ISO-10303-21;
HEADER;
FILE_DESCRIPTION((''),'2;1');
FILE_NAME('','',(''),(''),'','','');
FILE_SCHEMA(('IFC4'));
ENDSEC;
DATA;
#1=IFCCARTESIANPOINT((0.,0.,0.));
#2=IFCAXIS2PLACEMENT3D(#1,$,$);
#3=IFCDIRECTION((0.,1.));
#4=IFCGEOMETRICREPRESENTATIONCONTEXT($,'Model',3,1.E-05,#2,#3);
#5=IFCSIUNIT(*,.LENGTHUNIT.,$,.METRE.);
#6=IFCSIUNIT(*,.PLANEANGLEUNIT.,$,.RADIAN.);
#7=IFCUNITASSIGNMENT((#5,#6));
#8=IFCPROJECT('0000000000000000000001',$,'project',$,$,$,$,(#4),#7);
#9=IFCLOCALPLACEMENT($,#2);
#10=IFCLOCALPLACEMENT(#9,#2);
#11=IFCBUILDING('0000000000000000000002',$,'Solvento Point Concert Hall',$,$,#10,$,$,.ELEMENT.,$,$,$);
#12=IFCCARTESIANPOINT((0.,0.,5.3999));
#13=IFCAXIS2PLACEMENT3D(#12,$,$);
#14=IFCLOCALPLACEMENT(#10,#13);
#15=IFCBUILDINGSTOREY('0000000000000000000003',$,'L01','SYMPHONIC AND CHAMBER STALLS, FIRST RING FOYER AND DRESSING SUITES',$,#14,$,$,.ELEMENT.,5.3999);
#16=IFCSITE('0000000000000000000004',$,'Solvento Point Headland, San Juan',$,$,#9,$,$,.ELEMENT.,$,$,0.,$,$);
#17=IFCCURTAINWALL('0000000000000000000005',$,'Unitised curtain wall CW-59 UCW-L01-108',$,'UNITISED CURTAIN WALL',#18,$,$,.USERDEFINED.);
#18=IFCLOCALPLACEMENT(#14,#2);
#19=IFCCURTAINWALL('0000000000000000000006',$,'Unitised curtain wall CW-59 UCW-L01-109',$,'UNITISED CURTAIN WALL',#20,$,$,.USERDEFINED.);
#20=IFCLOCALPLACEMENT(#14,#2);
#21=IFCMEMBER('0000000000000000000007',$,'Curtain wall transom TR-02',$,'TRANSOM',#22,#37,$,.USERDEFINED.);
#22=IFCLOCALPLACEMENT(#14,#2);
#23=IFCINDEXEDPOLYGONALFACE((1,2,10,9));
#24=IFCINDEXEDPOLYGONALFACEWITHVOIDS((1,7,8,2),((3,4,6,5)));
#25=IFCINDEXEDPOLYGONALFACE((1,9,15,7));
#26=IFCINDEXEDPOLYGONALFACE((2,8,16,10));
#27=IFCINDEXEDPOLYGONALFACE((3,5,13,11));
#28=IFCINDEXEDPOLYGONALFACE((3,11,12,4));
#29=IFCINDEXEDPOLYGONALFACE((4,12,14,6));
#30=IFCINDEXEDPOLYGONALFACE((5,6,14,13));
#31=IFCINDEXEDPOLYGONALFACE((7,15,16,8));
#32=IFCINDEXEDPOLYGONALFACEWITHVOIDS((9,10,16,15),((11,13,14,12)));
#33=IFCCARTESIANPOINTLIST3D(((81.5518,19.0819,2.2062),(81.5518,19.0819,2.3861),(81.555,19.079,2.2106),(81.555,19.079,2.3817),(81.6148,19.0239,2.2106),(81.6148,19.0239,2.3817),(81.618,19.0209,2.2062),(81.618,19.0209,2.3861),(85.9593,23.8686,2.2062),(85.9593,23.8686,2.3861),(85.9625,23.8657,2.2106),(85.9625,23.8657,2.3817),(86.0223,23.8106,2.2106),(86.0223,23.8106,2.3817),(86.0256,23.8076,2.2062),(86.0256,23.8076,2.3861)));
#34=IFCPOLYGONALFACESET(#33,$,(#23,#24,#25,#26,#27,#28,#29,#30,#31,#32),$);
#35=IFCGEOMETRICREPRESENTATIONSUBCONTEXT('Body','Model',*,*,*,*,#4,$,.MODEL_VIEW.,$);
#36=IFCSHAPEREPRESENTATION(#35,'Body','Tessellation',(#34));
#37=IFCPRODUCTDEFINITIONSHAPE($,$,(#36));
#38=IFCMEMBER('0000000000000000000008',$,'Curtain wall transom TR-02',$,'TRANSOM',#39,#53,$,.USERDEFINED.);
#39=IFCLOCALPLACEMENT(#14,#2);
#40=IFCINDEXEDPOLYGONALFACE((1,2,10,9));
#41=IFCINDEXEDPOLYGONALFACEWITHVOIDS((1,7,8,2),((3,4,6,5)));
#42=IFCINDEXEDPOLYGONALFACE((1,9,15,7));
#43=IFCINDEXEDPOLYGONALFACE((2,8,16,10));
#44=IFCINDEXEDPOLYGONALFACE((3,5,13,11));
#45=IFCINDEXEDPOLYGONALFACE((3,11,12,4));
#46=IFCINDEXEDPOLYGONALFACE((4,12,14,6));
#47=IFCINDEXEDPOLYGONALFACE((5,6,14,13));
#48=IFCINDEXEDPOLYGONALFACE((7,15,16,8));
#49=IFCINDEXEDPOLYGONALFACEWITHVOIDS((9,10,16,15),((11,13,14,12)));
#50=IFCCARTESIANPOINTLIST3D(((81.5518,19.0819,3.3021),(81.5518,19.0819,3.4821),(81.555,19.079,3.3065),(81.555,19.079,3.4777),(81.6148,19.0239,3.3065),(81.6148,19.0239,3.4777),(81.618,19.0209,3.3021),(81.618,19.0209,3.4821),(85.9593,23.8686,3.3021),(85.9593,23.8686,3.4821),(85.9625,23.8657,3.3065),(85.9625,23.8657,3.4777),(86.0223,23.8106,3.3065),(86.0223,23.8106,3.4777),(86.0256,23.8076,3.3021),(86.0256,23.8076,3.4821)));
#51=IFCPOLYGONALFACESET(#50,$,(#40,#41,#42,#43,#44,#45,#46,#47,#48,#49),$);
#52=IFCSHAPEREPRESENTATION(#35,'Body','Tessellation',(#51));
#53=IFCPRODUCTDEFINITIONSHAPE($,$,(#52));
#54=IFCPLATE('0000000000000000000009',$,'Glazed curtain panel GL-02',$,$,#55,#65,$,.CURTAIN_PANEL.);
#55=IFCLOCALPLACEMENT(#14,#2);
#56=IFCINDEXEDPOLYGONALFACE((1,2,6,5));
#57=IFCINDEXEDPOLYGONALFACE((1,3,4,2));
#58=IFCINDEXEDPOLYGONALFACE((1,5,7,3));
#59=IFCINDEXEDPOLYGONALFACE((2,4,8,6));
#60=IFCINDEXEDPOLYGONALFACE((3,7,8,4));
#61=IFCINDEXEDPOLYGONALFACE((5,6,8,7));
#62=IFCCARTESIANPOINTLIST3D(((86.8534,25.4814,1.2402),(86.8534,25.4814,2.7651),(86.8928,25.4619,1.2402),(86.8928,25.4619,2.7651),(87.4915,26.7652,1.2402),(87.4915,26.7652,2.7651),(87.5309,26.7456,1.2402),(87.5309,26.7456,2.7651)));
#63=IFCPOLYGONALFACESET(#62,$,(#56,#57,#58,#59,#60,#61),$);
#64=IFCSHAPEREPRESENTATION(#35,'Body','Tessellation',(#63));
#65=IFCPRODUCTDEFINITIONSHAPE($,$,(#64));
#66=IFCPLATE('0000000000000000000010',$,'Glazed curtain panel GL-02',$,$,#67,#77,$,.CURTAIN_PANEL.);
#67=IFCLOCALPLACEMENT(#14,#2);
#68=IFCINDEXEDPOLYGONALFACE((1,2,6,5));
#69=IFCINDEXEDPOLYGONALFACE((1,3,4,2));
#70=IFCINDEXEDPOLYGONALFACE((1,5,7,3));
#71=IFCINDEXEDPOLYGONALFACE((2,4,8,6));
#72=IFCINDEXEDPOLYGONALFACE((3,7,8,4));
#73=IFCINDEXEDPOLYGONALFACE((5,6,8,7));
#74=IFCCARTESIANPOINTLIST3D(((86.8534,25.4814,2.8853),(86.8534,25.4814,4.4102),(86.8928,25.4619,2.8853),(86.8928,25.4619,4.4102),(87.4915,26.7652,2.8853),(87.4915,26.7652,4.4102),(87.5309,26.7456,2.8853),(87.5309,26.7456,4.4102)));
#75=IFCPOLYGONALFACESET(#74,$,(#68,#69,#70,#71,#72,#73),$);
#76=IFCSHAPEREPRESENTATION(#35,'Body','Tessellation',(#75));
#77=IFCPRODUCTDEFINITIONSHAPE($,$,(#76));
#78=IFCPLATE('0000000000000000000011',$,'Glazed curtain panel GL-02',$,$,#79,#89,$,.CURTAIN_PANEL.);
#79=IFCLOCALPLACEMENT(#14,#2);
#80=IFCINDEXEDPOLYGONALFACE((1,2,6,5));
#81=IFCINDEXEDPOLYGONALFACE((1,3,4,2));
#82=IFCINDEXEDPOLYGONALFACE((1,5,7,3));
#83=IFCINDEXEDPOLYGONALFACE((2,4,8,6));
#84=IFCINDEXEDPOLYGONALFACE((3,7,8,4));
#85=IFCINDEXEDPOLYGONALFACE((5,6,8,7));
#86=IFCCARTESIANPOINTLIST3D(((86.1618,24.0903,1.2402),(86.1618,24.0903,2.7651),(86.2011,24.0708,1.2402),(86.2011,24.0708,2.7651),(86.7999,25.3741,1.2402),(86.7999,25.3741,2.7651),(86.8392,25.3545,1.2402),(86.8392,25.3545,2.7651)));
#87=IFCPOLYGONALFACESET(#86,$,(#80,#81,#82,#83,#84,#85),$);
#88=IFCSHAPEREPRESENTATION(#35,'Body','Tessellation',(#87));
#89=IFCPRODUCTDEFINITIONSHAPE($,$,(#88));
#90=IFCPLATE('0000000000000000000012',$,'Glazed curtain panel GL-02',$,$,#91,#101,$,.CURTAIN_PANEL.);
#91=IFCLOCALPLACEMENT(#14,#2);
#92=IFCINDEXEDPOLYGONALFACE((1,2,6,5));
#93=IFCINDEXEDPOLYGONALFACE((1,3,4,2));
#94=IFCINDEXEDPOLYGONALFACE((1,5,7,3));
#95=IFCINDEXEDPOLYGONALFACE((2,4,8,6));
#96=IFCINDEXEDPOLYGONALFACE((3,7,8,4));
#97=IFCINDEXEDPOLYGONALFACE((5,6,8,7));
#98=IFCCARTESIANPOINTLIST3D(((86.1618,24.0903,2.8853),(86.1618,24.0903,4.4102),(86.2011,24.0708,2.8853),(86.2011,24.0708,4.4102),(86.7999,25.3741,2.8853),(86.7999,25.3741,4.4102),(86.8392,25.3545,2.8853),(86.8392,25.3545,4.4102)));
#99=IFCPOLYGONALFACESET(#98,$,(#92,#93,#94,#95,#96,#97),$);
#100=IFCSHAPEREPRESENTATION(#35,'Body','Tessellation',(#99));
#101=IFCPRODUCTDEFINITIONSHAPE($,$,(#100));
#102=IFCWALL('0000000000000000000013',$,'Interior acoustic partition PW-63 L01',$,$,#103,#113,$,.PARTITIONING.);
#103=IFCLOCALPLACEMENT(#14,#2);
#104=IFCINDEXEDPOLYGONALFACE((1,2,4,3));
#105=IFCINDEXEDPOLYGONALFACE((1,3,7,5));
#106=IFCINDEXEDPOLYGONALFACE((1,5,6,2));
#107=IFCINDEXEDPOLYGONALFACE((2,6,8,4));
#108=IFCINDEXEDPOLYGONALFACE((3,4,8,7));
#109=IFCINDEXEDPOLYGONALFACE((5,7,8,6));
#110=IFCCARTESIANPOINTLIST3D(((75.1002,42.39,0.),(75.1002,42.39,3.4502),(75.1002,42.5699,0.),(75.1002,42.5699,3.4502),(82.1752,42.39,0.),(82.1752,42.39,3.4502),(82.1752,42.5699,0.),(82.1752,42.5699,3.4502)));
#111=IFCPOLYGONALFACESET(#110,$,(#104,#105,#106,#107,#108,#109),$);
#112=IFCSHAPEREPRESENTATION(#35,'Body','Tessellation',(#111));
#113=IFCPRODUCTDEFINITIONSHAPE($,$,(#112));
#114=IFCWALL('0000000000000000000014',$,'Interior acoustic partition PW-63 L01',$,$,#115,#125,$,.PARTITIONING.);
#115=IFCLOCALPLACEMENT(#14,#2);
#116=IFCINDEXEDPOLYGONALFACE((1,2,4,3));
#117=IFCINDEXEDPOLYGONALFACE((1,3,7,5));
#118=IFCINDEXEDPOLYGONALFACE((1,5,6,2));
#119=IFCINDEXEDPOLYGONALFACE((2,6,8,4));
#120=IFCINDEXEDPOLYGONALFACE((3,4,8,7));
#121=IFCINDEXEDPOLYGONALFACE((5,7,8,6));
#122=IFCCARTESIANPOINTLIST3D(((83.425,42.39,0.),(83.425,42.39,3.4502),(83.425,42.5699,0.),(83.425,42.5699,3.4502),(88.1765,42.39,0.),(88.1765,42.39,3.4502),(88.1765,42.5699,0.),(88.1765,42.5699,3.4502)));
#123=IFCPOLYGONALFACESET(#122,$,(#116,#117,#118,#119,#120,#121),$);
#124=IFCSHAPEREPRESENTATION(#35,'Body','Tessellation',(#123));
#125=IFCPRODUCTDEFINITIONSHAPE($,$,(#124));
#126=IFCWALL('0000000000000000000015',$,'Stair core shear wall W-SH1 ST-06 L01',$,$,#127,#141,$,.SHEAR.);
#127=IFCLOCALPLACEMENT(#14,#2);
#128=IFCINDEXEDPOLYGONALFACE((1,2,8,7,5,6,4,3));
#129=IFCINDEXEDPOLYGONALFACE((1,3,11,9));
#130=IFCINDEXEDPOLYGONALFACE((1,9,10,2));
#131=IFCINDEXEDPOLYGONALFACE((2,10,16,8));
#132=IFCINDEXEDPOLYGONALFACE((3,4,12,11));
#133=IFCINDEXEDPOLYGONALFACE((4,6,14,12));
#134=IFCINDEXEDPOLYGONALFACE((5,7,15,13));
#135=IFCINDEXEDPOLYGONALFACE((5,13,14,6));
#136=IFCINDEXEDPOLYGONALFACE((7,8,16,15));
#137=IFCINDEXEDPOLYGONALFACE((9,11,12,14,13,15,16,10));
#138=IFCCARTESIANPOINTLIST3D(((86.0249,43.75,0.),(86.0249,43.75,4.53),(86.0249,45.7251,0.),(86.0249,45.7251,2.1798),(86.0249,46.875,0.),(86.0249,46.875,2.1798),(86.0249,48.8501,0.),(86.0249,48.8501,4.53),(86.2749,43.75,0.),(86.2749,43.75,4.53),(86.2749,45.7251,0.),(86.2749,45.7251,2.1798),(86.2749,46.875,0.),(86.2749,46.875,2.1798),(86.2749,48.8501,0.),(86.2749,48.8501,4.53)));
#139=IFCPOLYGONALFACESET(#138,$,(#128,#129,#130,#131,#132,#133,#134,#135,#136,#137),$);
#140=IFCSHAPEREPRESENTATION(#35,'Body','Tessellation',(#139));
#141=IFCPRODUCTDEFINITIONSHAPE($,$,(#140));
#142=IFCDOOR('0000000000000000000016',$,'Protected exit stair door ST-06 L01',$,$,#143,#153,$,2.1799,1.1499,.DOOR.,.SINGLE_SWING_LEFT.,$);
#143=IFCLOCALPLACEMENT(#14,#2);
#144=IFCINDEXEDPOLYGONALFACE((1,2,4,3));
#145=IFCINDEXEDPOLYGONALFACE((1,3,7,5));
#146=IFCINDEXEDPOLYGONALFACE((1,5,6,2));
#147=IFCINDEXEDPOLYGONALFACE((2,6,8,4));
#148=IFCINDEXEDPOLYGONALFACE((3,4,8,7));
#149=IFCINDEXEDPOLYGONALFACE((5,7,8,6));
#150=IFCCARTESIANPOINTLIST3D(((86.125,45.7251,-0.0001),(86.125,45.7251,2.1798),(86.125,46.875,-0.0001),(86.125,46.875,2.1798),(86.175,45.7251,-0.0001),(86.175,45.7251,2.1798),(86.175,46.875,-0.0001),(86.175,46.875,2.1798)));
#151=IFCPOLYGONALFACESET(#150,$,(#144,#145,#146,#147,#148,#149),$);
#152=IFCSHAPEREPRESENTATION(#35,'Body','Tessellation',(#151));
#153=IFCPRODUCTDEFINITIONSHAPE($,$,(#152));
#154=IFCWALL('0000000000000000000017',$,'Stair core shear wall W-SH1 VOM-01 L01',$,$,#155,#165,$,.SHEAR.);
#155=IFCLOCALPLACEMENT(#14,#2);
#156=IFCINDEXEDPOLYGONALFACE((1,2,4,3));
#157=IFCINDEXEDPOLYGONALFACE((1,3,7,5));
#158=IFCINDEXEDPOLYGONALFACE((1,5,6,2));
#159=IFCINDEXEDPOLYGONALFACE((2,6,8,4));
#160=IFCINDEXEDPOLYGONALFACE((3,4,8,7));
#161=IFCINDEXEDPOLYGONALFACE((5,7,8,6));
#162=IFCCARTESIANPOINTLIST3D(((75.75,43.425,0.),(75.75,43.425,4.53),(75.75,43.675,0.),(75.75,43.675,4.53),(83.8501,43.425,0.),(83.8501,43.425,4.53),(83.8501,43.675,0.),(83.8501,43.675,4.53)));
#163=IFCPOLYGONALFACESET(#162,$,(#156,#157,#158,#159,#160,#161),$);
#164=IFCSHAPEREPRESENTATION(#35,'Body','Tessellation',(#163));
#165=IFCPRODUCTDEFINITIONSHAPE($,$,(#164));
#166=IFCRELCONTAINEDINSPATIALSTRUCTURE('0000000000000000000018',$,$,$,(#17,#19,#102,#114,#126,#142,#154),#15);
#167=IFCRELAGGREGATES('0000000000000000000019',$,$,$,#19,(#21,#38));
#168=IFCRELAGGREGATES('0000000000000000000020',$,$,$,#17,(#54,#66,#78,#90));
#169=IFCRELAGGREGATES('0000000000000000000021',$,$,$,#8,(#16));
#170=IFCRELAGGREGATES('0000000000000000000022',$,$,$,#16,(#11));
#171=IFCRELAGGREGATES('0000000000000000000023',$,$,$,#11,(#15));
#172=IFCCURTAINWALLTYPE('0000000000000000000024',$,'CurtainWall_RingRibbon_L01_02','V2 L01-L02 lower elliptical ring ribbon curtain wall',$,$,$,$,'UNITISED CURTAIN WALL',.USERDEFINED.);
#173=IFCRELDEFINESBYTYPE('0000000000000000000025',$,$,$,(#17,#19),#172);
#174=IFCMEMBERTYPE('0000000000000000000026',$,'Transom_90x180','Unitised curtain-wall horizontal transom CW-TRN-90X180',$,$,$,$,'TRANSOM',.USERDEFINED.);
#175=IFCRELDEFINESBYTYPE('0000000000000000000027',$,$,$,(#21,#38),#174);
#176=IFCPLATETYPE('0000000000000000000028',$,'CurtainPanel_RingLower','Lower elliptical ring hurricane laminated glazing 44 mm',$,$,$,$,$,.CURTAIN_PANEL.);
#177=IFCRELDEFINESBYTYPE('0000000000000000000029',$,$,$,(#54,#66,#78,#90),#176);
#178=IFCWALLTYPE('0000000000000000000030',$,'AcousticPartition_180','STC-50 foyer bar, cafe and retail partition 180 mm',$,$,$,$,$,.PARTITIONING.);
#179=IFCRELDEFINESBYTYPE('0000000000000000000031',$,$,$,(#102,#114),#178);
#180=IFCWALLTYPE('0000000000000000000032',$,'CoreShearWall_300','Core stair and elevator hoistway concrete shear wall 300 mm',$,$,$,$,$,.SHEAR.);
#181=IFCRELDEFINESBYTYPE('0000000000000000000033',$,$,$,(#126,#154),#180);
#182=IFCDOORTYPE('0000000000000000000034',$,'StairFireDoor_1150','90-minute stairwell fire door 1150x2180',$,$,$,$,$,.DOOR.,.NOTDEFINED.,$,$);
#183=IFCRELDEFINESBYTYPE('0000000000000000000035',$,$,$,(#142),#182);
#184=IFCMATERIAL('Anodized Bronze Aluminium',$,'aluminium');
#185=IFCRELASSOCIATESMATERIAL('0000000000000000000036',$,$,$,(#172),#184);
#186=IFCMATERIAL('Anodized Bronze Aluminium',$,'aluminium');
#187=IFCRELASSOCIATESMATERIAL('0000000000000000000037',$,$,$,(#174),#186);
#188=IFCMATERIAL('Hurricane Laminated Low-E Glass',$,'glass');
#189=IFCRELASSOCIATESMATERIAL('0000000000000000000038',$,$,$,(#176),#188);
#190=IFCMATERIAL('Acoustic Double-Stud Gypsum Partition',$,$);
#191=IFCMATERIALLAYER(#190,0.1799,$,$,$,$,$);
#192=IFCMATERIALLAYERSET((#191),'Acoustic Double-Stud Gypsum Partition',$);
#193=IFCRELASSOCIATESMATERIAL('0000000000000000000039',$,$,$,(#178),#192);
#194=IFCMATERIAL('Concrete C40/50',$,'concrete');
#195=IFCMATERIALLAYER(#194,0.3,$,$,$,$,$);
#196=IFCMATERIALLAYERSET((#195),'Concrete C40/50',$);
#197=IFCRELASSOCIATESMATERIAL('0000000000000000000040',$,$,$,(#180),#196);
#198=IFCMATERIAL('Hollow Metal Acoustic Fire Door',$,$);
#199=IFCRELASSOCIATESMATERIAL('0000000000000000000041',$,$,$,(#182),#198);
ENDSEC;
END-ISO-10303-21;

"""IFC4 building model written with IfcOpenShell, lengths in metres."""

from ifc_helpers import new_model, si_unit, direction, frame, frame_2d, origin, origin_2d, place, context, subcontext, project, spatial, rectangle, hollow_rectangle, extrude, material, layer, layer_set, material_profile, profile_set, type_object, element, fill, aggregate, save


model = new_model("IFC4")

# Units and contexts
model_context = context("Model", 3, precision=1e-05, world=origin(), true_north=direction((0.0, 1.0)))
body_context = subcontext(model_context, "Body", "Model", "MODEL_VIEW")
ifc_project = project(units=[si_unit("LENGTHUNIT", "METRE"), si_unit("PLANEANGLEUNIT", "RADIAN")], contexts=[model_context])

# Site, building, storey
site_placement = place(None, origin())
site = spatial("IfcSite", under=ifc_project, at=site_placement, Name="Solvento Point Headland, San Juan", CompositionType="ELEMENT", RefElevation=0.0)
building_placement = place(site_placement, origin())
building = spatial("IfcBuilding", under=site, at=building_placement, Name="Solvento Point Concert Hall", CompositionType="ELEMENT")
storey_placement = place(building_placement, frame((0.0, 0.0, 5.3999)))
storey = spatial("IfcBuildingStorey", under=building, at=storey_placement, Name="L01", Description="SYMPHONIC AND CHAMBER STALLS, FIRST RING FOYER AND DRESSING SUITES", CompositionType="ELEMENT", Elevation=5.3999)

# Curtain walls, members
ifc_material_1 = material(Name="Anodized Bronze Aluminium", Category="aluminium")
curtain_wall_type = type_object("IfcCurtainWallType", Name="CurtainWall_RingRibbon_L01_02", Description="V2 L01-L02 lower elliptical ring ribbon curtain wall", ElementType="UNITISED CURTAIN WALL", PredefinedType="USERDEFINED", material=ifc_material_1)
curtain_wall_1_placement = place(storey_placement, origin())
curtain_wall_1 = element("IfcCurtainWall", 1, at=curtain_wall_1_placement, inside=storey, type_object=curtain_wall_type, Name="Unitised curtain wall CW-59 UCW-L01-108", ObjectType="UNITISED CURTAIN WALL", PredefinedType="USERDEFINED")
curtain_wall_2_placement = place(storey_placement, origin())
curtain_wall_2 = element("IfcCurtainWall", 2, at=curtain_wall_2_placement, inside=storey, type_object=curtain_wall_type, Name="Unitised curtain wall CW-59 UCW-L01-109", ObjectType="UNITISED CURTAIN WALL", PredefinedType="USERDEFINED")
ifc_material_2 = material(Name="Anodized Bronze Aluminium", Category="aluminium")
ifc_material_profile_1 = material_profile(ifc_material_2, hollow_rectangle(XDim=0.0901, YDim=0.1799, WallThickness=0.0044, at=origin_2d()), Name="CW-TRN-90X180")
ifc_profile_set_1 = profile_set([ifc_material_profile_1], Name="Anodized Bronze Aluminium")
member_type_1 = type_object("IfcMemberType", Name="Transom_90x180", Description="Unitised curtain-wall horizontal transom CW-TRN-90X180", ElementType="TRANSOM", PredefinedType="USERDEFINED", material=ifc_profile_set_1)
member_1_placement = place(storey_placement, frame((85.9924, 23.8381, 2.2961), z_axis=(-0.677371, -0.735642, 0.0), x_axis=(0.735642, -0.677371, 0.0)))
member_1 = element("IfcMember", 3, at=member_1_placement, type_object=member_type_1, Name="Curtain wall transom TR-02", ObjectType="TRANSOM", PredefinedType="USERDEFINED", context=body_context, shape_type="SweptSolid", body=[
    extrude(hollow_rectangle(XDim=0.0901, YDim=0.1799, WallThickness=0.0044, at=origin_2d()), origin(), (0.0, 0.0, 1.0), 6.5068),
])
member_2_placement = place(storey_placement, frame((85.9924, 23.8381, 3.3921), z_axis=(-0.677371, -0.735642, 0.0), x_axis=(0.735642, -0.677371, 0.0)))
member_2 = element("IfcMember", 4, at=member_2_placement, type_object=member_type_1, Name="Curtain wall transom TR-02", ObjectType="TRANSOM", PredefinedType="USERDEFINED", context=body_context, shape_type="SweptSolid", body=[
    extrude(hollow_rectangle(XDim=0.0901, YDim=0.1799, WallThickness=0.0044, at=origin_2d()), origin(), (0.0, 0.0, 1.0), 6.5068),
])
aggregate(curtain_wall_2, [member_1, member_2])

# Plates
ifc_material_3 = material(Name="Hurricane Laminated Low-E Glass", Category="glass")
plate_type = type_object("IfcPlateType", Name="CurtainPanel_RingLower", Description="Lower elliptical ring hurricane laminated glazing 44 mm", PredefinedType="CURTAIN_PANEL", material=ifc_material_3)
plate_1_placement = place(storey_placement, frame((87.1921, 26.1135, 1.2402), z_axis=(0.0, 0.0, 1.0), x_axis=(-0.445115, -0.895473, 0.0)))
plate_1 = element("IfcPlate", 5, at=plate_1_placement, type_object=plate_type, Name="Glazed curtain panel GL-02", PredefinedType="CURTAIN_PANEL", context=body_context, shape_type="SweptSolid", body=[
    extrude(rectangle(XDim=1.4336, YDim=0.0439, at=origin_2d()), origin(), (0.0, 0.0, 1.0), 1.5249),
])
plate_2_placement = place(storey_placement, frame((87.1921, 26.1135, 2.8853), z_axis=(0.0, 0.0, 1.0), x_axis=(-0.445115, -0.895473, 0.0)))
plate_2 = element("IfcPlate", 6, at=plate_2_placement, type_object=plate_type, Name="Glazed curtain panel GL-02", PredefinedType="CURTAIN_PANEL", context=body_context, shape_type="SweptSolid", body=[
    extrude(rectangle(XDim=1.4336, YDim=0.0439, at=origin_2d()), origin(), (0.0, 0.0, 1.0), 1.5249),
])
plate_3_placement = place(storey_placement, frame((86.5005, 24.7224, 1.2402), z_axis=(0.0, 0.0, 1.0), x_axis=(-0.445115, -0.895473, 0.0)))
plate_3 = element("IfcPlate", 7, at=plate_3_placement, type_object=plate_type, Name="Glazed curtain panel GL-02", PredefinedType="CURTAIN_PANEL", context=body_context, shape_type="SweptSolid", body=[
    extrude(rectangle(XDim=1.4336, YDim=0.0439, at=origin_2d()), origin(), (0.0, 0.0, 1.0), 1.5249),
])
plate_4_placement = place(storey_placement, frame((86.5005, 24.7224, 2.8853), z_axis=(0.0, 0.0, 1.0), x_axis=(-0.445115, -0.895473, 0.0)))
plate_4 = element("IfcPlate", 8, at=plate_4_placement, type_object=plate_type, Name="Glazed curtain panel GL-02", PredefinedType="CURTAIN_PANEL", context=body_context, shape_type="SweptSolid", body=[
    extrude(rectangle(XDim=1.4336, YDim=0.0439, at=origin_2d()), origin(), (0.0, 0.0, 1.0), 1.5249),
])
aggregate(curtain_wall_1, [plate_1, plate_2, plate_3, plate_4])

# Walls
ifc_material_4 = material(Name="Acoustic Double-Stud Gypsum Partition")
ifc_layer_1 = layer(ifc_material_4, 0.1799)
ifc_layer_set_1 = layer_set([ifc_layer_1], Name="Acoustic Double-Stud Gypsum Partition")
wall_type_1 = type_object("IfcWallType", Name="AcousticPartition_180", Description="STC-50 foyer bar, cafe and retail partition 180 mm", PredefinedType="PARTITIONING", material=ifc_layer_set_1)
wall_1_placement = place(storey_placement, frame((75.1001, 42.48, 0.0), z_axis=(0.0, 0.0, 1.0), x_axis=(1.0, 0.0, 0.0)))
element("IfcWall", 9, at=wall_1_placement, inside=storey, type_object=wall_type_1, Name="Interior acoustic partition PW-63 L01", PredefinedType="PARTITIONING", context=body_context, shape_type="SweptSolid", body=[
    extrude(rectangle(XDim=7.075, YDim=0.1799, at=frame_2d((3.5376, 0.0))), origin(), (0.0, 0.0, 1.0), 3.4502),
])
wall_2_placement = place(storey_placement, frame((83.425, 42.48, 0.0), z_axis=(0.0, 0.0, 1.0), x_axis=(1.0, 0.0, 0.0)))
element("IfcWall", 10, at=wall_2_placement, inside=storey, type_object=wall_type_1, Name="Interior acoustic partition PW-63 L01", PredefinedType="PARTITIONING", context=body_context, shape_type="SweptSolid", body=[
    extrude(rectangle(XDim=4.7515, YDim=0.1799, at=frame_2d((2.3757, 0.0))), origin(), (0.0, 0.0, 1.0), 3.4502),
])

# Wall, opening, door
ifc_material_5 = material(Name="Concrete C40/50", Category="concrete")
ifc_layer_2 = layer(ifc_material_5, 0.3)
ifc_layer_set_2 = layer_set([ifc_layer_2], Name="Concrete C40/50")
wall_type_2 = type_object("IfcWallType", Name="CoreShearWall_300", Description="Core stair and elevator hoistway concrete shear wall 300 mm", PredefinedType="SHEAR", material=ifc_layer_set_2)
wall_3_placement = place(storey_placement, frame((86.1499, 43.75, 0.0), z_axis=(0.0, 0.0, 1.0), x_axis=(0.0, 1.0, 0.0)))
wall_3 = element("IfcWall", 11, at=wall_3_placement, inside=storey, type_object=wall_type_2, Name="Stair core shear wall W-SH1 ST-06 L01", PredefinedType="SHEAR", context=body_context, shape_type="SweptSolid", body=[
    extrude(rectangle(XDim=5.1001, YDim=0.25, at=frame_2d((2.55, 0.0))), origin(), (0.0, 0.0, 1.0), 4.53),
])
opening_1_placement = place(wall_3_placement, frame((1.9751, 0.0, 0.0)))
opening_1 = element("IfcOpeningElement", 12, at=opening_1_placement, cuts=wall_3, PredefinedType="OPENING", context=body_context, shape_type="SweptSolid", body=[
    extrude(rectangle(XDim=1.1499, YDim=2.1799, at=frame_2d((0.575, 1.0898))), frame((0.0, 0.135, 0.0), z_axis=(0.0, -1.0, 0.0), x_axis=(1.0, 0.0, 0.0)), (0.0, 0.0, 1.0), 0.27),
])
ifc_material_6 = material(Name="Hollow Metal Acoustic Fire Door")
door_type = type_object("IfcDoorType", Name="StairFireDoor_1150", Description="90-minute stairwell fire door 1150x2180", OperationType="NOTDEFINED", PredefinedType="DOOR", material=ifc_material_6)
door_1_placement = place(opening_1_placement, origin())
door_1 = element("IfcDoor", 13, at=door_1_placement, inside=storey, type_object=door_type, Name="Protected exit stair door ST-06 L01", OperationType="SINGLE_SWING_LEFT", OverallHeight=2.1799, OverallWidth=1.1499, PredefinedType="DOOR", context=body_context, shape_type="SweptSolid", body=[
    extrude(rectangle(XDim=1.1499, YDim=2.1799, at=frame_2d((0.575, 1.0898))), frame((0.0, 0.0249, 0.0), z_axis=(0.0, -1.0, 0.0), x_axis=(1.0, 0.0, 0.0)), (0.0, 0.0, 1.0), 0.05),
])
fill(opening_1, door_1)

# Wall
wall_4_placement = place(storey_placement, frame((83.8501, 43.55, 0.0), z_axis=(0.0, 0.0, 1.0), x_axis=(-1.0, 0.0, 0.0)))
element("IfcWall", 14, at=wall_4_placement, inside=storey, type_object=wall_type_2, Name="Stair core shear wall W-SH1 VOM-01 L01", PredefinedType="SHEAR", context=body_context, shape_type="SweptSolid", body=[
    extrude(rectangle(XDim=8.1001, YDim=0.25, at=frame_2d((4.05, 0.0))), origin(), (0.0, 0.0, 1.0), 4.53),
])

save(model, "model.ifc")
